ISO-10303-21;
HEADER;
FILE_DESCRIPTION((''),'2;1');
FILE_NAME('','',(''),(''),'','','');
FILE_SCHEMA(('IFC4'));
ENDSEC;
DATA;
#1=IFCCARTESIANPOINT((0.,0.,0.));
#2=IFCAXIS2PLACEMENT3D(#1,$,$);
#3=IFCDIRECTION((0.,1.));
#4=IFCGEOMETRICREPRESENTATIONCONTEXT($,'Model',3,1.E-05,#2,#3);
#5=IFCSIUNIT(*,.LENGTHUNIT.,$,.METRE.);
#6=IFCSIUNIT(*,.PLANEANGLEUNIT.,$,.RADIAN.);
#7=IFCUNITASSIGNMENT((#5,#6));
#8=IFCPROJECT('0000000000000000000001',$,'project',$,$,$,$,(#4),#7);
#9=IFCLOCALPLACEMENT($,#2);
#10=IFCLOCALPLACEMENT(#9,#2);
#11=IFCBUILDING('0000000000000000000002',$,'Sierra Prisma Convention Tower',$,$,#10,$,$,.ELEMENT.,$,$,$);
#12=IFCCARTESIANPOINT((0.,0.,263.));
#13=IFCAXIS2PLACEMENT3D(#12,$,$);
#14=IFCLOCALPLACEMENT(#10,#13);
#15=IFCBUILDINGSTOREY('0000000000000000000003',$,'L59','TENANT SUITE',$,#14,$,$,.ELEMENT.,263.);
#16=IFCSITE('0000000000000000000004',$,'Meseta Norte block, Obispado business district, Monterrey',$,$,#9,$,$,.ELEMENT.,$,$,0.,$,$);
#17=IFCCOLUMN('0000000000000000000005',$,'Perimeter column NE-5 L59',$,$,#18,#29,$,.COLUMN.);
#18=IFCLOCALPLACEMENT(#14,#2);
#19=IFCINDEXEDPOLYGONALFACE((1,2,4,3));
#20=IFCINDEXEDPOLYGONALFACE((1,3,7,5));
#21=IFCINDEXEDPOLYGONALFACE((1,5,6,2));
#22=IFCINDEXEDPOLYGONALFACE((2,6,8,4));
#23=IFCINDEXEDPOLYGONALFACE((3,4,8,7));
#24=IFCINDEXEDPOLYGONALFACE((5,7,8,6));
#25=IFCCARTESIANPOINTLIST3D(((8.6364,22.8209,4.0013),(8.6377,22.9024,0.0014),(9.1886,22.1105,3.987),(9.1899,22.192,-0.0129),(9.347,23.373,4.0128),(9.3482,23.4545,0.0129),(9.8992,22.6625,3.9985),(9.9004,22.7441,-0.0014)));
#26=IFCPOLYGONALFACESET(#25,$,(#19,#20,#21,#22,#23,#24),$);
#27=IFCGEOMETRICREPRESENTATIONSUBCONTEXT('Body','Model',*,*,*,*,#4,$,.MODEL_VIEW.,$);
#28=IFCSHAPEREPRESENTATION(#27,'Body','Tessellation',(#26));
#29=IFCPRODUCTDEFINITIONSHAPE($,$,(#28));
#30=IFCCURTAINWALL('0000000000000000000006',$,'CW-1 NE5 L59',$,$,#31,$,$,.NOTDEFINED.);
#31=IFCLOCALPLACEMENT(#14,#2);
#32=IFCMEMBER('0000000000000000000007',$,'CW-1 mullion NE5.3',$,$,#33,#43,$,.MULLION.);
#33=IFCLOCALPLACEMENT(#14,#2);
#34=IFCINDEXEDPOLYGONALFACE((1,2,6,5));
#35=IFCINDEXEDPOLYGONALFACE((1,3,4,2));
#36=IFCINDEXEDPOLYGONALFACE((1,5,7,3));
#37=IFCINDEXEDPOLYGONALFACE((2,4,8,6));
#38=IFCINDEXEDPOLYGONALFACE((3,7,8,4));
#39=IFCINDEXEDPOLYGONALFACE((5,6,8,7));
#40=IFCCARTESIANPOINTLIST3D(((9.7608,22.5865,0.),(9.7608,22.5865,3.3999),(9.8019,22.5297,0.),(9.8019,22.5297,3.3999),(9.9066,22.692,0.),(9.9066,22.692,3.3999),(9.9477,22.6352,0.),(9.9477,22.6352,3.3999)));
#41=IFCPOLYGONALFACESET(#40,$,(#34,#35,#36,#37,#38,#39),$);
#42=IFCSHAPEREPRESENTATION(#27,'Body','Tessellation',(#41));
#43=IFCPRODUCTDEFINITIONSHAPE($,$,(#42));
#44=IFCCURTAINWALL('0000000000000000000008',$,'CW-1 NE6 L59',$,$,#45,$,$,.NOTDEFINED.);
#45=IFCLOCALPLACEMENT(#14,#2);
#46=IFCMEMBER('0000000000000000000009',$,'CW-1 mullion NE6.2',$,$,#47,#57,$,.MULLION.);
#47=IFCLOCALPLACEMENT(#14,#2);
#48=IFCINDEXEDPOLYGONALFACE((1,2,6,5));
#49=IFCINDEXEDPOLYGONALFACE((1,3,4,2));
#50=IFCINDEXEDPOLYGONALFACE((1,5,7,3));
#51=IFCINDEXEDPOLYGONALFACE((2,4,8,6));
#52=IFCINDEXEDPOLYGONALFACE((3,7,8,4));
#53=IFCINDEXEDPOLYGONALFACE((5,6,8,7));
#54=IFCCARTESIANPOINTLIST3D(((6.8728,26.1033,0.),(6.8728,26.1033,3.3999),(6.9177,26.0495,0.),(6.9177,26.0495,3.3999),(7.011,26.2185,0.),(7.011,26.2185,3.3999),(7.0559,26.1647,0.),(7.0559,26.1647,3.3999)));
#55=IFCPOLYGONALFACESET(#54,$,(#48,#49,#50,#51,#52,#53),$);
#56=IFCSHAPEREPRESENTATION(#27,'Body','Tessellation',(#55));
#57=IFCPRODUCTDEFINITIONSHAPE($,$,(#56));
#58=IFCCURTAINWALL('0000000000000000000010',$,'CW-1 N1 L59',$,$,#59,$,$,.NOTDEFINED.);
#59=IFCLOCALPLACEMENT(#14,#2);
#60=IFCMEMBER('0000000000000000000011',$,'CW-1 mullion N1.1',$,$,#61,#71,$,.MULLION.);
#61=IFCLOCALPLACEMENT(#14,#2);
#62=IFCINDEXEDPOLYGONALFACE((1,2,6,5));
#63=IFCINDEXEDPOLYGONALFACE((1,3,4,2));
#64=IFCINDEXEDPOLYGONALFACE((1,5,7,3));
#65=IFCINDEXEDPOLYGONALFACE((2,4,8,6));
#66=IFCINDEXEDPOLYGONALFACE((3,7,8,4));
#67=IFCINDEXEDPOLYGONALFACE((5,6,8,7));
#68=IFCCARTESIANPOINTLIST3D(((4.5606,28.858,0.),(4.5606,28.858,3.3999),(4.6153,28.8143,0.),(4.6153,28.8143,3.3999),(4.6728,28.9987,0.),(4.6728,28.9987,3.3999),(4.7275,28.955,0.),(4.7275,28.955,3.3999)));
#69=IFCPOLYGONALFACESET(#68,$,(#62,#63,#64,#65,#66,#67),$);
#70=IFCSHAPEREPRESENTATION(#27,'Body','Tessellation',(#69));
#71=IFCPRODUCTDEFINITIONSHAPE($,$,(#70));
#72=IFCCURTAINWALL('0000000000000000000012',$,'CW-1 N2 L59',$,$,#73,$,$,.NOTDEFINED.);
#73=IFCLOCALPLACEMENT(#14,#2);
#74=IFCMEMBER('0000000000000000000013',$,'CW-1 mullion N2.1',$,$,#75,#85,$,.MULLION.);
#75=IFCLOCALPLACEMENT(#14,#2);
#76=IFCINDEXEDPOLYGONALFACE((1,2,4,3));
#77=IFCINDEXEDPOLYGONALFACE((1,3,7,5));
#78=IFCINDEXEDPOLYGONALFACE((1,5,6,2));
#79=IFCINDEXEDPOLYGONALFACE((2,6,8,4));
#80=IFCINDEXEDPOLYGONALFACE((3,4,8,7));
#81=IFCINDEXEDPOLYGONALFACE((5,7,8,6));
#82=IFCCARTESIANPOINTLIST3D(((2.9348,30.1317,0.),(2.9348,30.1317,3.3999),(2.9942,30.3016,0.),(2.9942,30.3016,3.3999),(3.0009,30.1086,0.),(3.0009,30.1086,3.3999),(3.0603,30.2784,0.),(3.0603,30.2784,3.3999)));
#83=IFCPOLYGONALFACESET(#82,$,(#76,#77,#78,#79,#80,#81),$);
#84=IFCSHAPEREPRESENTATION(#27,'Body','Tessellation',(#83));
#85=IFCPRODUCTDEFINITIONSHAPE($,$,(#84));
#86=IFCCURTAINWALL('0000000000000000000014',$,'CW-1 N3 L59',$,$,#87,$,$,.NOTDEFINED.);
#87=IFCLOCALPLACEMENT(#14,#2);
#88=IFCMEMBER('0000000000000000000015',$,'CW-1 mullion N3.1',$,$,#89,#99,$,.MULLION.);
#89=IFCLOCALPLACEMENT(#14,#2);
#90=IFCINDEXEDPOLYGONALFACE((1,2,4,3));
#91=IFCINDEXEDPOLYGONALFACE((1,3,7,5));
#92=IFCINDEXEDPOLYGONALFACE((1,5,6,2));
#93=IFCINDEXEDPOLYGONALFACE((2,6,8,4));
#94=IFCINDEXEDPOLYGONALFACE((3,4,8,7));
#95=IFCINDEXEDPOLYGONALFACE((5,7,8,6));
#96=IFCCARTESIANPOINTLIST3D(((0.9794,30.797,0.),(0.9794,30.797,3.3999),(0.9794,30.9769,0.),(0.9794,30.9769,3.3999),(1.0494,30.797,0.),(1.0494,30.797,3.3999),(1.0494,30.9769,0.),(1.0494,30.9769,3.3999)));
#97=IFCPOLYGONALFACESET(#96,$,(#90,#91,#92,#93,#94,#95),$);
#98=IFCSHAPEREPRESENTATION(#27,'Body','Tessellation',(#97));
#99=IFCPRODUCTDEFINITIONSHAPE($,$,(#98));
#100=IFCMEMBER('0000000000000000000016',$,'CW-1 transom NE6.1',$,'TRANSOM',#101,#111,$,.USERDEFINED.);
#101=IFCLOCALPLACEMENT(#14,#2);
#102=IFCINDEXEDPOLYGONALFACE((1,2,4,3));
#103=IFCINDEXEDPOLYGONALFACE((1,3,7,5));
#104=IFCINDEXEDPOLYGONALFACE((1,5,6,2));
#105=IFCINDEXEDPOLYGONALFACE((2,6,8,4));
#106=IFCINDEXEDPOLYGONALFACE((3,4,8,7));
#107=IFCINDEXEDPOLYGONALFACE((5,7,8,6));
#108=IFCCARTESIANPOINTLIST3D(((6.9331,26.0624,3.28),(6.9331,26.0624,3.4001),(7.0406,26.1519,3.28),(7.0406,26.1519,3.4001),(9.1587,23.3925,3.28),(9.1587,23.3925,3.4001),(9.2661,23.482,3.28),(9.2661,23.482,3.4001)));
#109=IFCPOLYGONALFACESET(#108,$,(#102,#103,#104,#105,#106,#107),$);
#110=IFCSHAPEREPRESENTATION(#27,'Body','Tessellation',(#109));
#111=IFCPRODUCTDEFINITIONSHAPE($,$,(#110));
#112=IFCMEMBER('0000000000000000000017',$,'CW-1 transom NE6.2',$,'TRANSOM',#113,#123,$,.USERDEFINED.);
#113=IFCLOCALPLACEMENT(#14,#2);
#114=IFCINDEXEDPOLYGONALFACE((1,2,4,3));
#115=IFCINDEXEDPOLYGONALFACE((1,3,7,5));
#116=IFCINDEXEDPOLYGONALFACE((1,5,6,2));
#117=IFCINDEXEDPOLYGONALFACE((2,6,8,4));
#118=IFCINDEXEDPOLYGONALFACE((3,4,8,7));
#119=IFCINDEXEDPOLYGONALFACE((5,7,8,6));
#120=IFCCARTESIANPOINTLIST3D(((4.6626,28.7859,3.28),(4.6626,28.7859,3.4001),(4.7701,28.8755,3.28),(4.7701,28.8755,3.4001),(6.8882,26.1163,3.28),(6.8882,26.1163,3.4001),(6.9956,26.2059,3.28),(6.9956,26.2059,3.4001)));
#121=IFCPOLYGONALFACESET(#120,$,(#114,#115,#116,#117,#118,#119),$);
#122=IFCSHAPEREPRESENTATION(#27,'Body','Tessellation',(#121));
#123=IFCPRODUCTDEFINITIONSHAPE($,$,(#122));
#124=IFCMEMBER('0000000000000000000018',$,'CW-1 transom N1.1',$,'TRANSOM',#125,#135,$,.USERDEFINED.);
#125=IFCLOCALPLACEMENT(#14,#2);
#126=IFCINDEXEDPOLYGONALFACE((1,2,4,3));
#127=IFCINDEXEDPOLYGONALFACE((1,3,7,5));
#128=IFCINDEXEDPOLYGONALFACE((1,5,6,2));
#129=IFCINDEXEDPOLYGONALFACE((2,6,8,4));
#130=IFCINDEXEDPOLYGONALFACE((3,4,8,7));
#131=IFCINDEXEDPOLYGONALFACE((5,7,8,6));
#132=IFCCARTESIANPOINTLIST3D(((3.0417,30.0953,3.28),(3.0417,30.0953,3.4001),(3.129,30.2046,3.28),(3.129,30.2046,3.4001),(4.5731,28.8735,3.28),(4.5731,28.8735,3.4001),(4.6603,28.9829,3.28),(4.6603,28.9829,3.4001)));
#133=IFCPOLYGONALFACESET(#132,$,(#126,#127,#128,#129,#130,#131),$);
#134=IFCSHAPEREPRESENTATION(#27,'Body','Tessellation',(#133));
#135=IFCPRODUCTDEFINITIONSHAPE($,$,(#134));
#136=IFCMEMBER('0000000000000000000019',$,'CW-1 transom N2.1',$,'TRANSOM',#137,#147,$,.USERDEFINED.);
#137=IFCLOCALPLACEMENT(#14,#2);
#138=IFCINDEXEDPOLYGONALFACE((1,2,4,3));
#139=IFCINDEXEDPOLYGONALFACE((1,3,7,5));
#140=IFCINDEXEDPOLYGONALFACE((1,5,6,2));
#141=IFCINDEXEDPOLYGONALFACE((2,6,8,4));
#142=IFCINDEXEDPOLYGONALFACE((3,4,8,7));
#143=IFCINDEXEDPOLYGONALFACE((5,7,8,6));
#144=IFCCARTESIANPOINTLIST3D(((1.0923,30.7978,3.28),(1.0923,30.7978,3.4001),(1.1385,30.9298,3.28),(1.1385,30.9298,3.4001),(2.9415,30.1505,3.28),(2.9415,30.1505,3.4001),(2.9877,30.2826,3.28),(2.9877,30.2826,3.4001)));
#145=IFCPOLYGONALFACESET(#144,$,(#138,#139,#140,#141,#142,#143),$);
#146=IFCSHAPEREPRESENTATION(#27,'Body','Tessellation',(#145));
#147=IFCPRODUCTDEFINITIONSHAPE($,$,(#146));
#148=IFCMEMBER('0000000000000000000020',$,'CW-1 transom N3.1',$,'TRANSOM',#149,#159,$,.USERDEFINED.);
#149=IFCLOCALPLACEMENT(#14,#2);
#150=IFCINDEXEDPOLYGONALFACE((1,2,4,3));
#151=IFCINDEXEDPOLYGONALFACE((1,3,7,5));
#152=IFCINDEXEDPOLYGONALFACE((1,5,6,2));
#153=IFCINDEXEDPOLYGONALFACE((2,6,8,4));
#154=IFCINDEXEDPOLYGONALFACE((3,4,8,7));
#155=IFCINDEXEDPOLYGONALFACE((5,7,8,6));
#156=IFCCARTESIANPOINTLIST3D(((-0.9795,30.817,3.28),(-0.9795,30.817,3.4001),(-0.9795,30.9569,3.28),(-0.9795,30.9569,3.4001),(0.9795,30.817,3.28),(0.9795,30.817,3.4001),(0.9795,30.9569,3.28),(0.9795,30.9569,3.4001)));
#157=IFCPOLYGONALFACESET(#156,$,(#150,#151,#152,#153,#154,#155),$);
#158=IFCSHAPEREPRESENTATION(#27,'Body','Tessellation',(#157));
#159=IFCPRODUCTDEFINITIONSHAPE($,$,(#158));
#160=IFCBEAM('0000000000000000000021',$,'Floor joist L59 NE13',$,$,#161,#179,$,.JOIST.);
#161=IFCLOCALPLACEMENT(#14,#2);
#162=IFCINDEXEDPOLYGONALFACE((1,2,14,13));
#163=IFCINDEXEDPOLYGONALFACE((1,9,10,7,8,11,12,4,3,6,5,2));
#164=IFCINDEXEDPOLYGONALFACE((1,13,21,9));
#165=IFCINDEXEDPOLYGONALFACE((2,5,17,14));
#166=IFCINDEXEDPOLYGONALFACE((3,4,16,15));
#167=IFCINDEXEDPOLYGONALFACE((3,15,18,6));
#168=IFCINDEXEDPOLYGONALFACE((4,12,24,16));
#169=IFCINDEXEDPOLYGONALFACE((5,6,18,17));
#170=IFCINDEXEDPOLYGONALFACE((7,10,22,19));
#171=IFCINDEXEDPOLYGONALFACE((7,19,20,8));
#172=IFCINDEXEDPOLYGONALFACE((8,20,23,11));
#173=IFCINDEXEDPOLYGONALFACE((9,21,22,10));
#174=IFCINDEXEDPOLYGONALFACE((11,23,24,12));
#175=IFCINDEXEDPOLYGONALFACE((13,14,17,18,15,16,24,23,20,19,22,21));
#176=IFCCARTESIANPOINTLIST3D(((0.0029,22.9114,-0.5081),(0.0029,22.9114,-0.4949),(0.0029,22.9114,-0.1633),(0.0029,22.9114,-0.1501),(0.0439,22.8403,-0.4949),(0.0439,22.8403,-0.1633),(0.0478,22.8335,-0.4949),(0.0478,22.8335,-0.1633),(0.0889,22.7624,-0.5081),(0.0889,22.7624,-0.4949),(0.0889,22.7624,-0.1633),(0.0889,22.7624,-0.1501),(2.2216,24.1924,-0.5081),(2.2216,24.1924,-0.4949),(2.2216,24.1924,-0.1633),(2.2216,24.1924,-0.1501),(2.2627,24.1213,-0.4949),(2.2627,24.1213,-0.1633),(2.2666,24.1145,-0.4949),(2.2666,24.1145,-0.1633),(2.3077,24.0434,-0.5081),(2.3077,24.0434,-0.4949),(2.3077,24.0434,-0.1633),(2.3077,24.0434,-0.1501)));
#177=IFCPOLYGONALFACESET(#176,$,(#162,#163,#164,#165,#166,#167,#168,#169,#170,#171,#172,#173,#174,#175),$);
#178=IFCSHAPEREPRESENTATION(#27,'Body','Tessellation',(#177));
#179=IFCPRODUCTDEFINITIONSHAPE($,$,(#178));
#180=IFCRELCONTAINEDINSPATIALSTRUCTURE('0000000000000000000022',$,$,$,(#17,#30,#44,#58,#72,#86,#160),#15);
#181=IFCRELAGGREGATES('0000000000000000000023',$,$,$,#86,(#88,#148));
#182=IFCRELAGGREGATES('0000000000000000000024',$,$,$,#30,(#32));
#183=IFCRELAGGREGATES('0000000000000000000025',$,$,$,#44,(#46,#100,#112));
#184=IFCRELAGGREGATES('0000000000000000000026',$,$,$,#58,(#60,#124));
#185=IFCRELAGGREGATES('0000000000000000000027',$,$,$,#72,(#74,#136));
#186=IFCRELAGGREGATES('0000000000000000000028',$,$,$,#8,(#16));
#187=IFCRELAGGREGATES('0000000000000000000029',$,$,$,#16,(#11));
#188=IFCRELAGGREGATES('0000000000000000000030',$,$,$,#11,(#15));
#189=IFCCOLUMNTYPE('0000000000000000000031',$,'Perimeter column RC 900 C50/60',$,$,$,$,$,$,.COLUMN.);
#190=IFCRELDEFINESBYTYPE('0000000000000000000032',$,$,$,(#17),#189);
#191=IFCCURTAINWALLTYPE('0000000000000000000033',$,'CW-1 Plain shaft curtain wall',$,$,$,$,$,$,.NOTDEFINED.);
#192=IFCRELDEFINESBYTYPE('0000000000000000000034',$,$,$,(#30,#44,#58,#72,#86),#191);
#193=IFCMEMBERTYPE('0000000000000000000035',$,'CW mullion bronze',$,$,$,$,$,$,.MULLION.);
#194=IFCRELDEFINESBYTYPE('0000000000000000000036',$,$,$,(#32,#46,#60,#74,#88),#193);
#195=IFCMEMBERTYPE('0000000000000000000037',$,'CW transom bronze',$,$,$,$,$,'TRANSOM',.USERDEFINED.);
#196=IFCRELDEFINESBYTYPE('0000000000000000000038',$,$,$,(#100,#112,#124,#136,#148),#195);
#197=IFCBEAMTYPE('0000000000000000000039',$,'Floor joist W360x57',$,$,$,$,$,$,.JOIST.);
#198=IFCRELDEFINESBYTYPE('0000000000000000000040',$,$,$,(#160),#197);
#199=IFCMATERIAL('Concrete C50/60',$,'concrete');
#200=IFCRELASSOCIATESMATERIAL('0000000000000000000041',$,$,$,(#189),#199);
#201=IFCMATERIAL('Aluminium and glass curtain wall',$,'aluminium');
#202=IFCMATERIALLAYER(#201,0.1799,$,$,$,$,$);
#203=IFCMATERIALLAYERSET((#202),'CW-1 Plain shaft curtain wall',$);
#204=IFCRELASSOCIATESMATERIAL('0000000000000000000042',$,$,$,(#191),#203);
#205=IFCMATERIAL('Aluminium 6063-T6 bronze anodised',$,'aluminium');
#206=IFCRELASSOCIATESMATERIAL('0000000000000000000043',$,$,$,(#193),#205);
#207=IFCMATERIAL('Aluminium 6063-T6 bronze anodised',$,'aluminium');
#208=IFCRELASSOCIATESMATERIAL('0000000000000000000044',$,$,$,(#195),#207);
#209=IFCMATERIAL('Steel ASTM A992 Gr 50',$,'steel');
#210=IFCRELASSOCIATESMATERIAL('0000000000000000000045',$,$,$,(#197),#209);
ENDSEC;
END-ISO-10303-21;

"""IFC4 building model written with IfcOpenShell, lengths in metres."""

from ifc_helpers import new_model, si_unit, direction, frame, origin, origin_2d, place, context, subcontext, project, spatial, rectangle, i_section, extrude, material, layer, layer_set, material_profile, profile_set, type_object, element, aggregate, save


model = new_model("IFC4")

# Units and contexts
model_context = context("Model", 3, precision=1e-05, world=origin(), true_north=direction((0.0, 1.0)))
body_context = subcontext(model_context, "Body", "Model", "MODEL_VIEW")
ifc_project = project(units=[si_unit("LENGTHUNIT", "METRE"), si_unit("PLANEANGLEUNIT", "RADIAN")], contexts=[model_context])

# Site, building, storey
site_placement = place(None, origin())
site = spatial("IfcSite", under=ifc_project, at=site_placement, Name="Meseta Norte block, Obispado business district, Monterrey", CompositionType="ELEMENT", RefElevation=0.0)
building_placement = place(site_placement, origin())
building = spatial("IfcBuilding", under=site, at=building_placement, Name="Sierra Prisma Convention Tower", CompositionType="ELEMENT")
storey_placement = place(building_placement, frame((0.0, 0.0, 263.0)))
storey = spatial("IfcBuildingStorey", under=building, at=storey_placement, Name="L59", Description="TENANT SUITE", CompositionType="ELEMENT", Elevation=263.0)

# Column
ifc_material_1 = material(Name="Concrete C50/60", Category="concrete")
ifc_material_profile_1 = material_profile(ifc_material_1, rectangle(XDim=0.8999, YDim=0.8999, at=origin_2d()), Name="Perimeter column RC 900 C50/60")
ifc_profile_set_1 = profile_set([ifc_material_profile_1], Name="Concrete C50/60")
column_type = type_object("IfcColumnType", Name="Perimeter column RC 900 C50/60", PredefinedType="COLUMN", material=ifc_profile_set_1)
column_placement = place(storey_placement, frame((9.269, 22.8232, 0.0), z_axis=(-0.000305, -0.020382, 0.999792), x_axis=(-0.61362, 0.789441, 0.015906)))
element("IfcColumn", 1, at=column_placement, inside=storey, type_object=column_type, Name="Perimeter column NE-5 L59", PredefinedType="COLUMN", context=body_context, shape_type="SweptSolid", body=[
    extrude(rectangle(XDim=0.8999, YDim=0.8999, at=origin_2d()), origin(), (0.0, 0.0, 1.0), 4.0007),
])

# Curtain walls, members
ifc_material_2 = material(Name="Aluminium and glass curtain wall", Category="aluminium")
ifc_layer_1 = layer(ifc_material_2, 0.1799)
ifc_layer_set_1 = layer_set([ifc_layer_1], Name="CW-1 Plain shaft curtain wall")
curtain_wall_type = type_object("IfcCurtainWallType", Name="CW-1 Plain shaft curtain wall", PredefinedType="NOTDEFINED", material=ifc_layer_set_1)
curtain_wall_1_placement = place(storey_placement, origin())
curtain_wall_1 = element("IfcCurtainWall", 2, at=curtain_wall_1_placement, inside=storey, type_object=curtain_wall_type, Name="CW-1 NE5 L59", PredefinedType="NOTDEFINED")
ifc_material_3 = material(Name="Aluminium 6063-T6 bronze anodised", Category="aluminium")
ifc_material_profile_2 = material_profile(ifc_material_3, rectangle(XDim=0.1799, YDim=0.0701, at=origin_2d()), Name="ALU MULLION 70x180")
ifc_profile_set_2 = profile_set([ifc_material_profile_2], Name="Aluminium 6063-T6 bronze anodised")
member_type_1 = type_object("IfcMemberType", Name="CW mullion bronze", PredefinedType="MULLION", material=ifc_profile_set_2)
member_1_placement = place(storey_placement, frame((9.8542, 22.6108, 0.0), z_axis=(0.0, 0.0, 1.0), x_axis=(-0.810157, -0.586214, 0.0)))
member_1 = element("IfcMember", 3, at=member_1_placement, type_object=member_type_1, Name="CW-1 mullion NE5.3", PredefinedType="MULLION", context=body_context, shape_type="SweptSolid", body=[
    extrude(rectangle(XDim=0.1799, YDim=0.0701, at=origin_2d()), origin(), (0.0, 0.0, 1.0), 3.3999),
])
curtain_wall_2_placement = place(storey_placement, origin())
curtain_wall_2 = element("IfcCurtainWall", 4, at=curtain_wall_2_placement, inside=storey, type_object=curtain_wall_type, Name="CW-1 NE6 L59", PredefinedType="NOTDEFINED")
member_2_placement = place(storey_placement, frame((6.9644, 26.134, 0.0), z_axis=(0.0, 0.0, 1.0), x_axis=(-0.76812, -0.640306, 0.0)))
member_2 = element("IfcMember", 5, at=member_2_placement, type_object=member_type_1, Name="CW-1 mullion NE6.2", PredefinedType="MULLION", context=body_context, shape_type="SweptSolid", body=[
    extrude(rectangle(XDim=0.1799, YDim=0.0701, at=origin_2d()), origin(), (0.0, 0.0, 1.0), 3.3999),
])
curtain_wall_3_placement = place(storey_placement, origin())
curtain_wall_3 = element("IfcCurtainWall", 6, at=curtain_wall_3_placement, inside=storey, type_object=curtain_wall_type, Name="CW-1 N1 L59", PredefinedType="NOTDEFINED")
member_3_placement = place(storey_placement, frame((4.644, 28.9065, 0.0), z_axis=(0.0, 0.0, 1.0), x_axis=(-0.623579, -0.78176, 0.0)))
member_3 = element("IfcMember", 7, at=member_3_placement, type_object=member_type_1, Name="CW-1 mullion N1.1", PredefinedType="MULLION", context=body_context, shape_type="SweptSolid", body=[
    extrude(rectangle(XDim=0.1799, YDim=0.0701, at=origin_2d()), origin(), (0.0, 0.0, 1.0), 3.3999),
])
curtain_wall_4_placement = place(storey_placement, origin())
curtain_wall_4 = element("IfcCurtainWall", 8, at=curtain_wall_4_placement, inside=storey, type_object=curtain_wall_type, Name="CW-1 N2 L59", PredefinedType="NOTDEFINED")
member_4_placement = place(storey_placement, frame((2.9976, 30.2051, 0.0), z_axis=(0.0, 0.0, 1.0), x_axis=(-0.330333, -0.943864, 0.0)))
member_4 = element("IfcMember", 9, at=member_4_placement, type_object=member_type_1, Name="CW-1 mullion N2.1", PredefinedType="MULLION", context=body_context, shape_type="SweptSolid", body=[
    extrude(rectangle(XDim=0.1799, YDim=0.0701, at=origin_2d()), origin(), (0.0, 0.0, 1.0), 3.3999),
])
curtain_wall_5_placement = place(storey_placement, origin())
curtain_wall_5 = element("IfcCurtainWall", 10, at=curtain_wall_5_placement, inside=storey, type_object=curtain_wall_type, Name="CW-1 N3 L59", PredefinedType="NOTDEFINED")
member_5_placement = place(storey_placement, frame((1.0144, 30.887, 0.0), z_axis=(0.0, 0.0, 1.0), x_axis=(0.0, -1.0, 0.0)))
member_5 = element("IfcMember", 11, at=member_5_placement, type_object=member_type_1, Name="CW-1 mullion N3.1", PredefinedType="MULLION", context=body_context, shape_type="SweptSolid", body=[
    extrude(rectangle(XDim=0.1799, YDim=0.0701, at=origin_2d()), origin(), (0.0, 0.0, 1.0), 3.3999),
])

# Members
ifc_material_4 = material(Name="Aluminium 6063-T6 bronze anodised", Category="aluminium")
ifc_material_profile_3 = material_profile(ifc_material_4, rectangle(XDim=0.1399, YDim=0.1201, at=origin_2d()), Name="ALU TRANSOM 120x140")
ifc_profile_set_3 = profile_set([ifc_material_profile_3], Name="Aluminium 6063-T6 bronze anodised")
member_type_2 = type_object("IfcMemberType", Name="CW transom bronze", ElementType="TRANSOM", PredefinedType="USERDEFINED", material=ifc_profile_set_3)
member_6_placement = place(storey_placement, frame((9.2124, 23.4373, 3.3401), z_axis=(-0.640295, 0.768129, 0.0), x_axis=(-0.768129, -0.640295, 0.0)))
member_6 = element("IfcMember", 12, at=member_6_placement, type_object=member_type_2, Name="CW-1 transom NE6.1", ObjectType="TRANSOM", PredefinedType="USERDEFINED", context=body_context, shape_type="SweptSolid", body=[
    extrude(rectangle(XDim=0.1399, YDim=0.1201, at=origin_2d()), origin(), (0.0, 0.0, 1.0), 3.4758),
])
member_7_placement = place(storey_placement, frame((6.9419, 26.1611, 3.3401), z_axis=(-0.640329, 0.7681, 0.0), x_axis=(-0.7681, -0.640329, 0.0)))
member_7 = element("IfcMember", 13, at=member_7_placement, type_object=member_type_2, Name="CW-1 transom NE6.2", ObjectType="TRANSOM", PredefinedType="USERDEFINED", context=body_context, shape_type="SweptSolid", body=[
    extrude(rectangle(XDim=0.1399, YDim=0.1201, at=origin_2d()), origin(), (0.0, 0.0, 1.0), 3.4756),
])
member_8_placement = place(storey_placement, frame((4.6167, 28.9282, 3.3401), z_axis=(-0.781695, 0.623661, 0.0), x_axis=(-0.623661, -0.781695, 0.0)))
member_8 = element("IfcMember", 14, at=member_8_placement, type_object=member_type_2, Name="CW-1 transom N1.1", ObjectType="TRANSOM", PredefinedType="USERDEFINED", context=body_context, shape_type="SweptSolid", body=[
    extrude(rectangle(XDim=0.1399, YDim=0.1201, at=origin_2d()), origin(), (0.0, 0.0, 1.0), 1.959),
])
member_9_placement = place(storey_placement, frame((2.9646, 30.2166, 3.3401), z_axis=(-0.943854, 0.330362, 0.0), x_axis=(-0.330362, -0.943854, 0.0)))
member_9 = element("IfcMember", 15, at=member_9_placement, type_object=member_type_2, Name="CW-1 transom N2.1", ObjectType="TRANSOM", PredefinedType="USERDEFINED", context=body_context, shape_type="SweptSolid", body=[
    extrude(rectangle(XDim=0.1399, YDim=0.1201, at=origin_2d()), origin(), (0.0, 0.0, 1.0), 1.9592),
])
member_10_placement = place(storey_placement, frame((0.9795, 30.887, 3.3401), z_axis=(-1.0, 0.0, 0.0), x_axis=(0.0, -1.0, 0.0)))
member_10 = element("IfcMember", 16, at=member_10_placement, type_object=member_type_2, Name="CW-1 transom N3.1", ObjectType="TRANSOM", PredefinedType="USERDEFINED", context=body_context, shape_type="SweptSolid", body=[
    extrude(rectangle(XDim=0.1399, YDim=0.1201, at=origin_2d()), origin(), (0.0, 0.0, 1.0), 1.959),
])
aggregate(curtain_wall_5, [member_5, member_10])

# Beam
ifc_material_5 = material(Name="Steel ASTM A992 Gr 50", Category="steel")
ifc_material_profile_4 = material_profile(ifc_material_5, i_section(OverallWidth=0.1721, OverallDepth=0.3579, WebThickness=0.0078, FlangeThickness=0.0132, at=origin_2d()), Name="W360x57")
ifc_profile_set_4 = profile_set([ifc_material_profile_4], Name="Steel ASTM A992 Gr 50")
beam_type_1 = type_object("IfcBeamType", Name="Floor joist W360x57", PredefinedType="JOIST", material=ifc_profile_set_4)
beam_1_placement = place(storey_placement, frame((2.2646, 24.1179, -0.3291), z_axis=(-0.866024, -0.500003, 0.0), x_axis=(0.500003, -0.866024, 0.0)))
element("IfcBeam", 17, at=beam_1_placement, inside=storey, type_object=beam_type_1, Name="Floor joist L59 NE13", PredefinedType="JOIST", context=body_context, shape_type="SweptSolid", body=[
    extrude(i_section(OverallWidth=0.1721, OverallDepth=0.3579, WebThickness=0.0078, FlangeThickness=0.0132, at=origin_2d()), origin(), (0.0, 0.0, 1.0), 2.562),
])

aggregate(curtain_wall_1, [member_1])
aggregate(curtain_wall_2, [member_2, member_6, member_7])
aggregate(curtain_wall_3, [member_3, member_8])
aggregate(curtain_wall_4, [member_4, member_9])

save(model, "model.ifc")
